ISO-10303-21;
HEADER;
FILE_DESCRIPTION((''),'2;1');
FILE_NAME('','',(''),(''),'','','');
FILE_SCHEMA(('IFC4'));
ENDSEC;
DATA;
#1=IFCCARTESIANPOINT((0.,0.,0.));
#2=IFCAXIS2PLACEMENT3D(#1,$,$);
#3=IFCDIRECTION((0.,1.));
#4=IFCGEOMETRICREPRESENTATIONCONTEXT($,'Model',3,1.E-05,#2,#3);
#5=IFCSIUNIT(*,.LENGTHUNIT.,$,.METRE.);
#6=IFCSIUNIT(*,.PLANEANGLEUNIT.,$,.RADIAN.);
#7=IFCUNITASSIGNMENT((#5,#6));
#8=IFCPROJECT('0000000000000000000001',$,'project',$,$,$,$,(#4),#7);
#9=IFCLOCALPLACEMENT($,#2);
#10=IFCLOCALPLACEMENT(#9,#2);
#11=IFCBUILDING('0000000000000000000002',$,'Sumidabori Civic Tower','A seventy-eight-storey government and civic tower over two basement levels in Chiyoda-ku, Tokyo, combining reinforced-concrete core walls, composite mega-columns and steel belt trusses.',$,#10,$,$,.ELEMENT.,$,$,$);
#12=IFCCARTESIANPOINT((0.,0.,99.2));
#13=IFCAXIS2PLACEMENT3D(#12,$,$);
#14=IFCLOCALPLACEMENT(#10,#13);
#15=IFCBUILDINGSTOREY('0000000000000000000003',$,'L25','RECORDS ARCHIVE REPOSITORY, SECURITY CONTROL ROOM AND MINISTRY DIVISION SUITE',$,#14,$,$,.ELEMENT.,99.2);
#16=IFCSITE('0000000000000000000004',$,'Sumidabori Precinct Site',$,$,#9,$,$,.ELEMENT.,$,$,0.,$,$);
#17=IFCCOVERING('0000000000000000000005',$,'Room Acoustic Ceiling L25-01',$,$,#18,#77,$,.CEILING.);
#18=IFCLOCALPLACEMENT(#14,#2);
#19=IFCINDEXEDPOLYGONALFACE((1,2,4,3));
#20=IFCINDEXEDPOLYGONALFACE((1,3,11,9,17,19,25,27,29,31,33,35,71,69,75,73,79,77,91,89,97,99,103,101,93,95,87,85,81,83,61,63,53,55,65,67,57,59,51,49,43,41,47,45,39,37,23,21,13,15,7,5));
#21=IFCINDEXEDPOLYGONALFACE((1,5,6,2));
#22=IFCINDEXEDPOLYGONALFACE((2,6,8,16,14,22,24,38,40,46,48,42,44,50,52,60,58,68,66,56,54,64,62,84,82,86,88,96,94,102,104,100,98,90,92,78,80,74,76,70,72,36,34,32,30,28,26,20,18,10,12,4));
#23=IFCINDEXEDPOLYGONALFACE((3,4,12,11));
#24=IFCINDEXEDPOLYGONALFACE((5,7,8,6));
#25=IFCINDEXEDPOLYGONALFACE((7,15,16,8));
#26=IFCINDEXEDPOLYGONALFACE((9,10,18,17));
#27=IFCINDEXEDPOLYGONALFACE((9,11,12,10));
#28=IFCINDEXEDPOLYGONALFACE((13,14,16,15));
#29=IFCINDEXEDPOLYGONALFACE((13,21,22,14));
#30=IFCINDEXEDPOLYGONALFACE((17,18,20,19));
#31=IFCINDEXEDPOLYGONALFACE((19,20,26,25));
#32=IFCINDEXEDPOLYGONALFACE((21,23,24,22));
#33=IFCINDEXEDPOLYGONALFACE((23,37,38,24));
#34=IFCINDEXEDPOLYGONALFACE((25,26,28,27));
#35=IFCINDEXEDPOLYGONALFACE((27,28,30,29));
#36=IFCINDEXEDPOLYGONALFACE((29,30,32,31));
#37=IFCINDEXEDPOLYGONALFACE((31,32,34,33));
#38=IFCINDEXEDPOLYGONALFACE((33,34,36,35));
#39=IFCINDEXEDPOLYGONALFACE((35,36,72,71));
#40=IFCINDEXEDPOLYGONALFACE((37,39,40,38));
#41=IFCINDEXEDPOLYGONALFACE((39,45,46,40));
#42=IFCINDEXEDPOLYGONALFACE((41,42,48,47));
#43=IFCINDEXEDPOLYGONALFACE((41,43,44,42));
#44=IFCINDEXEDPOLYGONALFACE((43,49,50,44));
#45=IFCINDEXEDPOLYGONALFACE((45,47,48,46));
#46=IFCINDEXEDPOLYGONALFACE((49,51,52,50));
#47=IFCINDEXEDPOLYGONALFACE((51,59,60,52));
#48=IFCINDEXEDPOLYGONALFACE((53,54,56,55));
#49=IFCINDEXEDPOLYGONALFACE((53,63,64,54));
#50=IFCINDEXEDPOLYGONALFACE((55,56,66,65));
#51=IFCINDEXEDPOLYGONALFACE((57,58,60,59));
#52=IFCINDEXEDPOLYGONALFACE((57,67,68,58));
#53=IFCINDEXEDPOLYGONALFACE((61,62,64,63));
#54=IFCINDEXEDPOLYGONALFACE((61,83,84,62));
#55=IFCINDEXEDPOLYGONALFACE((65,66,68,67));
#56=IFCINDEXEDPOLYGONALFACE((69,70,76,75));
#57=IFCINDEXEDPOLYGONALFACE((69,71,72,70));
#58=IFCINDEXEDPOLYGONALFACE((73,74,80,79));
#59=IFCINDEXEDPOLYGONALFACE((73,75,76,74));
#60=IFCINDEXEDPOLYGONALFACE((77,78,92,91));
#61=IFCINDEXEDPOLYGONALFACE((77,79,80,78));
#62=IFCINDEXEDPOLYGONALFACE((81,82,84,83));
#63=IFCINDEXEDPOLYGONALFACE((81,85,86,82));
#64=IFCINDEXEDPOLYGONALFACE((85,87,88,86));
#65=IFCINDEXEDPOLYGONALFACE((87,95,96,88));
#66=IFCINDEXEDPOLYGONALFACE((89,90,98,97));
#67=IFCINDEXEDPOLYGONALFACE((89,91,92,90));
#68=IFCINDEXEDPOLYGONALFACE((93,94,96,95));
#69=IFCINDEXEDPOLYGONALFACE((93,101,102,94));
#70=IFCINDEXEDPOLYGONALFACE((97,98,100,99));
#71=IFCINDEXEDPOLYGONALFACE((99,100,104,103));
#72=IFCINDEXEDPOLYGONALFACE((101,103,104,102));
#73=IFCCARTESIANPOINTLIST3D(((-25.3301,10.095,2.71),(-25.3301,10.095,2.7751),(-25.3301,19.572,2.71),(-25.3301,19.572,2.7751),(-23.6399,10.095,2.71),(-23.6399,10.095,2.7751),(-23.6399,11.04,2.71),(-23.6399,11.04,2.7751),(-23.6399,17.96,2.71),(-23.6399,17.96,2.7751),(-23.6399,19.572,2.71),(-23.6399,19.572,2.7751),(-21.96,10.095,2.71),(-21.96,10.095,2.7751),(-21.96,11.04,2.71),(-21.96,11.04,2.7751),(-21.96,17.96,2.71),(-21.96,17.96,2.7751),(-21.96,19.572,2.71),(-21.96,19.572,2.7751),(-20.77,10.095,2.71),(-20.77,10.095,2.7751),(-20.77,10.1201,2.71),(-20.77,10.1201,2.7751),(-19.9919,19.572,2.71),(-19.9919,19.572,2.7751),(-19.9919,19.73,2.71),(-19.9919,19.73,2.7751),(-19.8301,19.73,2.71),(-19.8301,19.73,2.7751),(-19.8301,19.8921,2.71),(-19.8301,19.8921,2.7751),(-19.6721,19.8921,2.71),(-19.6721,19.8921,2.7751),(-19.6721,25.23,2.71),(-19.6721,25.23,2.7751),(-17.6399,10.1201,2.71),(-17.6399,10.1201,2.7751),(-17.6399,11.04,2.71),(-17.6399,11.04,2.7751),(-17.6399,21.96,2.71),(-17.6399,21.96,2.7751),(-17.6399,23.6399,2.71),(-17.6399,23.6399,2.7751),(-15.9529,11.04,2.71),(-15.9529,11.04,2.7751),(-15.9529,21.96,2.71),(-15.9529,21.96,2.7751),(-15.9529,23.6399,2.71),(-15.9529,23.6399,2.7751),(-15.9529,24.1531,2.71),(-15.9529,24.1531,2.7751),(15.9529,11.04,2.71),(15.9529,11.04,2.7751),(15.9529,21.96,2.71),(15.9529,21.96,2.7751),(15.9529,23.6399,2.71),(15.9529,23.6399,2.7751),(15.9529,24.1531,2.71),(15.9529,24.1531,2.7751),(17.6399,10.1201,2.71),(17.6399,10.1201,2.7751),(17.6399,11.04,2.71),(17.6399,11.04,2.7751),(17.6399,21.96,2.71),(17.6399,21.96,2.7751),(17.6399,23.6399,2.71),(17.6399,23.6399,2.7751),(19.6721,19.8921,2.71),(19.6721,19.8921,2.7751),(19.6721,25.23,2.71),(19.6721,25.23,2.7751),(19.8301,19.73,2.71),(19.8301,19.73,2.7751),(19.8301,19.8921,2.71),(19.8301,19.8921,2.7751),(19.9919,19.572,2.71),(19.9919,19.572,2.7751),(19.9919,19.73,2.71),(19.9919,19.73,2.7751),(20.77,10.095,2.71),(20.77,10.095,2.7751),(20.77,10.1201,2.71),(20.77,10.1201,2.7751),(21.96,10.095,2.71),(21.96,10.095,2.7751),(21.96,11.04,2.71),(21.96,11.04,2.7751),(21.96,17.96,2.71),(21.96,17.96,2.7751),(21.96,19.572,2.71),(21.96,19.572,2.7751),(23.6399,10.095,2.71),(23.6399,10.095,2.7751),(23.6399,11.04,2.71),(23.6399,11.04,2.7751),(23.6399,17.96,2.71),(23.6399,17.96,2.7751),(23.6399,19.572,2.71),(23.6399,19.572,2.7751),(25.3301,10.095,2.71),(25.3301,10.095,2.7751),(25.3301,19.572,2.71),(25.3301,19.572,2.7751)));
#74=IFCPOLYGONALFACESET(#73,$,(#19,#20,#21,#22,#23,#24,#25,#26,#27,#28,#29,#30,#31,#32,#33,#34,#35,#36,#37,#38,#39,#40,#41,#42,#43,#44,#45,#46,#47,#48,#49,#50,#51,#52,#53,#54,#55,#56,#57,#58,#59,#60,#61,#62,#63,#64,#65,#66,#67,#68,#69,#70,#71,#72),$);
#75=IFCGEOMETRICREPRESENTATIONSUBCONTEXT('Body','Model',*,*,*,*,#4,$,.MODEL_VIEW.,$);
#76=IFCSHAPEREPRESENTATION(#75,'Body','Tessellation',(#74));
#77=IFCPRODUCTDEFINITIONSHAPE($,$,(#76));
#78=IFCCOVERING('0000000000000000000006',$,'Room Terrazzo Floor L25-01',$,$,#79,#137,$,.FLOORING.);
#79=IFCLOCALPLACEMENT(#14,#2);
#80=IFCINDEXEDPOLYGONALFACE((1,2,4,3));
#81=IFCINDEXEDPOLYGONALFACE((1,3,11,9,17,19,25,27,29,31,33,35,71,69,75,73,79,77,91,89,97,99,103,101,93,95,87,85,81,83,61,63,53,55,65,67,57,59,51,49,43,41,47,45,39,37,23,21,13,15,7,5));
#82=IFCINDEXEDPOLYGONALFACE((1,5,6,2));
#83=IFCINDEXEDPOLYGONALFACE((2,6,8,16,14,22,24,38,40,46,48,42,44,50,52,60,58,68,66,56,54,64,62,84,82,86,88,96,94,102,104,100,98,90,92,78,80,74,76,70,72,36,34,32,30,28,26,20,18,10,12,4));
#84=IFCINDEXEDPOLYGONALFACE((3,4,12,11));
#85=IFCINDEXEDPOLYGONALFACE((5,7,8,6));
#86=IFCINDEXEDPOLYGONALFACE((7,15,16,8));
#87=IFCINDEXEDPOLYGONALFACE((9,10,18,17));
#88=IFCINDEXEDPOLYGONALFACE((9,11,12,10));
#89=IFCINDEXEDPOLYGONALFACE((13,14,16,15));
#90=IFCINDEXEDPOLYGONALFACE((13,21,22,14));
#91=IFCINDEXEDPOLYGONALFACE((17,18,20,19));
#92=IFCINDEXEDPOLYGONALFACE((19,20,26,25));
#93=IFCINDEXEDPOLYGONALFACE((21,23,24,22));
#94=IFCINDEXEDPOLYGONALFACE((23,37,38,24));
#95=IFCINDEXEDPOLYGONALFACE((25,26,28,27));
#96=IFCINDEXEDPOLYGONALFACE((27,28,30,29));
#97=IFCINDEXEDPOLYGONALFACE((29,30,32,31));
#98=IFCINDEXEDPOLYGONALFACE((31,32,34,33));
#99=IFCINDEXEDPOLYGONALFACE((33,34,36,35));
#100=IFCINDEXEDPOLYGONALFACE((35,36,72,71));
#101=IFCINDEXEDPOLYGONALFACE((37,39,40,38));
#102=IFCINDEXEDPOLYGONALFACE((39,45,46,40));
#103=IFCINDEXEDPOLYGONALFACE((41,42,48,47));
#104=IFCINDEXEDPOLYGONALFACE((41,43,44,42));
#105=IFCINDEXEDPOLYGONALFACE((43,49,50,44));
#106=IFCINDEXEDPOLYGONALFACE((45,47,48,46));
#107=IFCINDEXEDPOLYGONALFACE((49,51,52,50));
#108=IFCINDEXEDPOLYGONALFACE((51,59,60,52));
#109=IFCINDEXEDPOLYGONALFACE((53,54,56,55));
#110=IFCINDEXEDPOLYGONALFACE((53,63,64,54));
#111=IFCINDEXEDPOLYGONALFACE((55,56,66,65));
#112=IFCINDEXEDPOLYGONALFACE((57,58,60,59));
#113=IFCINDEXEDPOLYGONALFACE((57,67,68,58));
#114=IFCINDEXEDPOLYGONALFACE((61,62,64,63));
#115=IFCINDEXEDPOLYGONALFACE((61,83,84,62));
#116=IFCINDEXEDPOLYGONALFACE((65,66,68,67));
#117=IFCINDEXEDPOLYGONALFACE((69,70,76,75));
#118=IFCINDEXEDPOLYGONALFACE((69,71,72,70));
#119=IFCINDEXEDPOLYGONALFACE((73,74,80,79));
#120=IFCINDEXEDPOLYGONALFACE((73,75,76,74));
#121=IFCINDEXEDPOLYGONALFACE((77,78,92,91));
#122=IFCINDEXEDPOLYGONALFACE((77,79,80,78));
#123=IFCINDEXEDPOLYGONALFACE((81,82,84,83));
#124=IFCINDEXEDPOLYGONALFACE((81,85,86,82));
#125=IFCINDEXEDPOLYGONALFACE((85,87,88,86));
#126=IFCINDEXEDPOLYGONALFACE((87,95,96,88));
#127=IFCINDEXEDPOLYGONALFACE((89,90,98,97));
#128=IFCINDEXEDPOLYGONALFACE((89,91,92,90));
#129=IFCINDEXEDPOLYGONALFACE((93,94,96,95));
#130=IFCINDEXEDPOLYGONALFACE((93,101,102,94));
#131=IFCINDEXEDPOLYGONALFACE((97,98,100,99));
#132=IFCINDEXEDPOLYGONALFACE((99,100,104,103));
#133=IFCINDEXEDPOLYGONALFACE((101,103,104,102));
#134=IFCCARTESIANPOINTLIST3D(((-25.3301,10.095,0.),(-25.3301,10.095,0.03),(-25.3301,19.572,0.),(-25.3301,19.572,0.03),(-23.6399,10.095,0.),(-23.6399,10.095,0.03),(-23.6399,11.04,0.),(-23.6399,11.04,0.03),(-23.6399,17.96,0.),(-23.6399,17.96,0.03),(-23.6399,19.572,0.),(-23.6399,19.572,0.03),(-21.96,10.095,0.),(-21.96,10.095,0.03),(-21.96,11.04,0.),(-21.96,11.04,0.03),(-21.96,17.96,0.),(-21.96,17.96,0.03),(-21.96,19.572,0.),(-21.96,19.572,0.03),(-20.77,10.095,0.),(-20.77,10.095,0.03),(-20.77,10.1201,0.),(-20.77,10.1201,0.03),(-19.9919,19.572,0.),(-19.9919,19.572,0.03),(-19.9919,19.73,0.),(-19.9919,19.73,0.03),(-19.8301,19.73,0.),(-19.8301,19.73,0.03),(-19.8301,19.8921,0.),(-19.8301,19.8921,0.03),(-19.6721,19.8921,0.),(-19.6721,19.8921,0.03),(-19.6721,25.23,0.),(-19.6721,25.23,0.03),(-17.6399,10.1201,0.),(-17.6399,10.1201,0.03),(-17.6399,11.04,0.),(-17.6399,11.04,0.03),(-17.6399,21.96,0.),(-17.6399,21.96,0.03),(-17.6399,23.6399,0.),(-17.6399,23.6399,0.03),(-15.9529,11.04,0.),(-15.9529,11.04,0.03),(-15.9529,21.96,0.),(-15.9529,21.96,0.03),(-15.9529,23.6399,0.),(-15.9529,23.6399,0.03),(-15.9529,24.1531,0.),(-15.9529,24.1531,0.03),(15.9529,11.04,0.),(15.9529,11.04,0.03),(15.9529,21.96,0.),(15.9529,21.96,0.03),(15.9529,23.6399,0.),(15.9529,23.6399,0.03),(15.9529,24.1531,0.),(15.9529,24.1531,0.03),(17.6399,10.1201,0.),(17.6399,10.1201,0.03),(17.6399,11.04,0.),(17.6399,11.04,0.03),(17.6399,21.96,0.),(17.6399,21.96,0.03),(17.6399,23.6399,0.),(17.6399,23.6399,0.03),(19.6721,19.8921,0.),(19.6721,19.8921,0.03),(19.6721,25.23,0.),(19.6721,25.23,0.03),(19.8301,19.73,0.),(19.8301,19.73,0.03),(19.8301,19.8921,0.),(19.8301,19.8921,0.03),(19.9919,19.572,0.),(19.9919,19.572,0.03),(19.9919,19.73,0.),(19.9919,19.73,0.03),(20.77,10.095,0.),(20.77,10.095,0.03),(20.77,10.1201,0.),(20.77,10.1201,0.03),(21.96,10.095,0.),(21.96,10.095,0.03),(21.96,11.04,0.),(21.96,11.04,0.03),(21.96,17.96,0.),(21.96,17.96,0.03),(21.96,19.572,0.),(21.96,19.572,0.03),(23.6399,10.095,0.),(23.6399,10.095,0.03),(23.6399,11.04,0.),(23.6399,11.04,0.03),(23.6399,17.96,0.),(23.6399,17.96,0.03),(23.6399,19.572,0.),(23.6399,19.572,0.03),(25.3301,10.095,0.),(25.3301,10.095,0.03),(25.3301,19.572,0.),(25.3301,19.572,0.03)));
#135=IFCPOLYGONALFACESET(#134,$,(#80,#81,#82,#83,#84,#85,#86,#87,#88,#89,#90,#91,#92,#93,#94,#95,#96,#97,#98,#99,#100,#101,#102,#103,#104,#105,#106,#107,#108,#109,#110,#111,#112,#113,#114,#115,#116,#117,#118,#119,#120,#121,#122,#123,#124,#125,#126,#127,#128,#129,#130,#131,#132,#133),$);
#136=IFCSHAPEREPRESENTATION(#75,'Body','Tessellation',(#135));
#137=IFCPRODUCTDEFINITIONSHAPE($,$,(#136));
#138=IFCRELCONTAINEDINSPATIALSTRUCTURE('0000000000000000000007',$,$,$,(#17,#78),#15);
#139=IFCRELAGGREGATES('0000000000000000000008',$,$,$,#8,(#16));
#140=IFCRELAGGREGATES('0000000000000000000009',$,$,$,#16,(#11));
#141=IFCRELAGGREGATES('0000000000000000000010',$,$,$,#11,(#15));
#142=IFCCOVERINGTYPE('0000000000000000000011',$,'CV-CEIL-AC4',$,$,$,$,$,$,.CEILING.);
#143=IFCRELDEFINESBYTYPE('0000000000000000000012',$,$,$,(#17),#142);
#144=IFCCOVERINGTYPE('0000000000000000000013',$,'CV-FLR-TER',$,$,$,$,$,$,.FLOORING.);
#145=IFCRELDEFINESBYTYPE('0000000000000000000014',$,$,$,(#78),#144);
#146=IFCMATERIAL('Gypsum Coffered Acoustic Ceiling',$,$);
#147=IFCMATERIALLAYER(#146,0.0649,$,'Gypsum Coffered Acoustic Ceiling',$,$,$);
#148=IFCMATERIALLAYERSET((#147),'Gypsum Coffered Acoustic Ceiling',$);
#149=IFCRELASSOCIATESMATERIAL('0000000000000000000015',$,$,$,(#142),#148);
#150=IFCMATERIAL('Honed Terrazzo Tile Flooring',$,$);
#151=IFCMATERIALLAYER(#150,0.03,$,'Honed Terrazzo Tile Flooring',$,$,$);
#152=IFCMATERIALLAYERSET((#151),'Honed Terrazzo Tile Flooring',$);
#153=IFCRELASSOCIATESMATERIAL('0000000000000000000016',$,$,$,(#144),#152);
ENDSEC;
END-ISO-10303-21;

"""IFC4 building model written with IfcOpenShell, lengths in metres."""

from ifc_helpers import new_model, si_unit, direction, frame, origin, place, context, subcontext, project, spatial, polyline, outline, extrude, material, layer, layer_set, type_object, element, save


model = new_model("IFC4")

# Units and contexts
model_context = context("Model", 3, precision=1e-05, world=origin(), true_north=direction((0.0, 1.0)))
body_context = subcontext(model_context, "Body", "Model", "MODEL_VIEW")
ifc_project = project(units=[si_unit("LENGTHUNIT", "METRE"), si_unit("PLANEANGLEUNIT", "RADIAN")], contexts=[model_context])

# Site, building, storey
site_placement = place(None, origin())
site = spatial("IfcSite", under=ifc_project, at=site_placement, Name="Sumidabori Precinct Site", CompositionType="ELEMENT", RefElevation=0.0)
building_placement = place(site_placement, origin())
building = spatial("IfcBuilding", under=site, at=building_placement, Name="Sumidabori Civic Tower", Description="A seventy-eight-storey government and civic tower over two basement levels in Chiyoda-ku, Tokyo, combining reinforced-concrete core walls, composite mega-columns and steel belt trusses.", CompositionType="ELEMENT")
storey_placement = place(building_placement, frame((0.0, 0.0, 99.2)))
storey = spatial("IfcBuildingStorey", under=building, at=storey_placement, Name="L25", Description="RECORDS ARCHIVE REPOSITORY, SECURITY CONTROL ROOM AND MINISTRY DIVISION SUITE", CompositionType="ELEMENT", Elevation=99.2)

# Coverings
ifc_material_1 = material(Name="Gypsum Coffered Acoustic Ceiling")
ifc_layer_1 = layer(ifc_material_1, 0.0649, Name="Gypsum Coffered Acoustic Ceiling")
ifc_layer_set_1 = layer_set([ifc_layer_1], Name="Gypsum Coffered Acoustic Ceiling")
covering_type_1 = type_object("IfcCoveringType", Name="CV-CEIL-AC4", PredefinedType="CEILING", material=ifc_layer_set_1)
covering_1_placement = place(storey_placement, frame((0.0, 0.0, 2.71)))
element("IfcCovering", 1, at=covering_1_placement, inside=storey, type_object=covering_type_1, Name="Room Acoustic Ceiling L25-01", PredefinedType="CEILING", context=body_context, shape_type="SweptSolid", body=[
    extrude(outline(polyline([(-25.3301, 10.095), (-25.3301, 19.572), (-23.6399, 19.572), (-23.6399, 17.96), (-21.96, 17.96), (-21.96, 19.572), (-19.9919, 19.572), (-19.9919, 19.73), (-19.8301, 19.73), (-19.8301, 19.8921), (-19.6721, 19.8921), (-19.6721, 25.23), (19.6721, 25.23), (19.6721, 19.8921), (19.8301, 19.8921), (19.8301, 19.73), (19.9919, 19.73), (19.9919, 19.572), (21.96, 19.572), (21.96, 17.96), (23.6399, 17.96), (23.6399, 19.572), (25.3301, 19.572), (25.3301, 10.095), (23.6399, 10.095), (23.6399, 11.04), (21.96, 11.04), (21.96, 10.095), (20.77, 10.095), (20.77, 10.1201), (17.6399, 10.1201), (17.6399, 11.04), (15.9529, 11.04), (15.9529, 21.96), (17.6399, 21.96), (17.6399, 23.6399), (15.9529, 23.6399), (15.9529, 24.1531), (-15.9529, 24.1531), (-15.9529, 23.6399), (-17.6399, 23.6399), (-17.6399, 21.96), (-15.9529, 21.96), (-15.9529, 11.04), (-17.6399, 11.04), (-17.6399, 10.1201), (-20.77, 10.1201), (-20.77, 10.095), (-21.96, 10.095), (-21.96, 11.04), (-23.6399, 11.04), (-23.6399, 10.095), (-25.3301, 10.095)])), origin(), (0.0, 0.0, 1.0), 0.0652),
])
ifc_material_2 = material(Name="Honed Terrazzo Tile Flooring")
ifc_layer_2 = layer(ifc_material_2, 0.03, Name="Honed Terrazzo Tile Flooring")
ifc_layer_set_2 = layer_set([ifc_layer_2], Name="Honed Terrazzo Tile Flooring")
covering_type_2 = type_object("IfcCoveringType", Name="CV-FLR-TER", PredefinedType="FLOORING", material=ifc_layer_set_2)
covering_2_placement = place(storey_placement, origin())
element("IfcCovering", 2, at=covering_2_placement, inside=storey, type_object=covering_type_2, Name="Room Terrazzo Floor L25-01", PredefinedType="FLOORING", context=body_context, shape_type="SweptSolid", body=[
    extrude(outline(polyline([(-25.3301, 10.095), (-25.3301, 19.572), (-23.6399, 19.572), (-23.6399, 17.96), (-21.96, 17.96), (-21.96, 19.572), (-19.9919, 19.572), (-19.9919, 19.73), (-19.8301, 19.73), (-19.8301, 19.8921), (-19.6721, 19.8921), (-19.6721, 25.23), (19.6721, 25.23), (19.6721, 19.8921), (19.8301, 19.8921), (19.8301, 19.73), (19.9919, 19.73), (19.9919, 19.572), (21.96, 19.572), (21.96, 17.96), (23.6399, 17.96), (23.6399, 19.572), (25.3301, 19.572), (25.3301, 10.095), (23.6399, 10.095), (23.6399, 11.04), (21.96, 11.04), (21.96, 10.095), (20.77, 10.095), (20.77, 10.1201), (17.6399, 10.1201), (17.6399, 11.04), (15.9529, 11.04), (15.9529, 21.96), (17.6399, 21.96), (17.6399, 23.6399), (15.9529, 23.6399), (15.9529, 24.1531), (-15.9529, 24.1531), (-15.9529, 23.6399), (-17.6399, 23.6399), (-17.6399, 21.96), (-15.9529, 21.96), (-15.9529, 11.04), (-17.6399, 11.04), (-17.6399, 10.1201), (-20.77, 10.1201), (-20.77, 10.095), (-21.96, 10.095), (-21.96, 11.04), (-23.6399, 11.04), (-23.6399, 10.095), (-25.3301, 10.095)])), origin(), (0.0, 0.0, 1.0), 0.03),
])

save(model, "model.ifc")
